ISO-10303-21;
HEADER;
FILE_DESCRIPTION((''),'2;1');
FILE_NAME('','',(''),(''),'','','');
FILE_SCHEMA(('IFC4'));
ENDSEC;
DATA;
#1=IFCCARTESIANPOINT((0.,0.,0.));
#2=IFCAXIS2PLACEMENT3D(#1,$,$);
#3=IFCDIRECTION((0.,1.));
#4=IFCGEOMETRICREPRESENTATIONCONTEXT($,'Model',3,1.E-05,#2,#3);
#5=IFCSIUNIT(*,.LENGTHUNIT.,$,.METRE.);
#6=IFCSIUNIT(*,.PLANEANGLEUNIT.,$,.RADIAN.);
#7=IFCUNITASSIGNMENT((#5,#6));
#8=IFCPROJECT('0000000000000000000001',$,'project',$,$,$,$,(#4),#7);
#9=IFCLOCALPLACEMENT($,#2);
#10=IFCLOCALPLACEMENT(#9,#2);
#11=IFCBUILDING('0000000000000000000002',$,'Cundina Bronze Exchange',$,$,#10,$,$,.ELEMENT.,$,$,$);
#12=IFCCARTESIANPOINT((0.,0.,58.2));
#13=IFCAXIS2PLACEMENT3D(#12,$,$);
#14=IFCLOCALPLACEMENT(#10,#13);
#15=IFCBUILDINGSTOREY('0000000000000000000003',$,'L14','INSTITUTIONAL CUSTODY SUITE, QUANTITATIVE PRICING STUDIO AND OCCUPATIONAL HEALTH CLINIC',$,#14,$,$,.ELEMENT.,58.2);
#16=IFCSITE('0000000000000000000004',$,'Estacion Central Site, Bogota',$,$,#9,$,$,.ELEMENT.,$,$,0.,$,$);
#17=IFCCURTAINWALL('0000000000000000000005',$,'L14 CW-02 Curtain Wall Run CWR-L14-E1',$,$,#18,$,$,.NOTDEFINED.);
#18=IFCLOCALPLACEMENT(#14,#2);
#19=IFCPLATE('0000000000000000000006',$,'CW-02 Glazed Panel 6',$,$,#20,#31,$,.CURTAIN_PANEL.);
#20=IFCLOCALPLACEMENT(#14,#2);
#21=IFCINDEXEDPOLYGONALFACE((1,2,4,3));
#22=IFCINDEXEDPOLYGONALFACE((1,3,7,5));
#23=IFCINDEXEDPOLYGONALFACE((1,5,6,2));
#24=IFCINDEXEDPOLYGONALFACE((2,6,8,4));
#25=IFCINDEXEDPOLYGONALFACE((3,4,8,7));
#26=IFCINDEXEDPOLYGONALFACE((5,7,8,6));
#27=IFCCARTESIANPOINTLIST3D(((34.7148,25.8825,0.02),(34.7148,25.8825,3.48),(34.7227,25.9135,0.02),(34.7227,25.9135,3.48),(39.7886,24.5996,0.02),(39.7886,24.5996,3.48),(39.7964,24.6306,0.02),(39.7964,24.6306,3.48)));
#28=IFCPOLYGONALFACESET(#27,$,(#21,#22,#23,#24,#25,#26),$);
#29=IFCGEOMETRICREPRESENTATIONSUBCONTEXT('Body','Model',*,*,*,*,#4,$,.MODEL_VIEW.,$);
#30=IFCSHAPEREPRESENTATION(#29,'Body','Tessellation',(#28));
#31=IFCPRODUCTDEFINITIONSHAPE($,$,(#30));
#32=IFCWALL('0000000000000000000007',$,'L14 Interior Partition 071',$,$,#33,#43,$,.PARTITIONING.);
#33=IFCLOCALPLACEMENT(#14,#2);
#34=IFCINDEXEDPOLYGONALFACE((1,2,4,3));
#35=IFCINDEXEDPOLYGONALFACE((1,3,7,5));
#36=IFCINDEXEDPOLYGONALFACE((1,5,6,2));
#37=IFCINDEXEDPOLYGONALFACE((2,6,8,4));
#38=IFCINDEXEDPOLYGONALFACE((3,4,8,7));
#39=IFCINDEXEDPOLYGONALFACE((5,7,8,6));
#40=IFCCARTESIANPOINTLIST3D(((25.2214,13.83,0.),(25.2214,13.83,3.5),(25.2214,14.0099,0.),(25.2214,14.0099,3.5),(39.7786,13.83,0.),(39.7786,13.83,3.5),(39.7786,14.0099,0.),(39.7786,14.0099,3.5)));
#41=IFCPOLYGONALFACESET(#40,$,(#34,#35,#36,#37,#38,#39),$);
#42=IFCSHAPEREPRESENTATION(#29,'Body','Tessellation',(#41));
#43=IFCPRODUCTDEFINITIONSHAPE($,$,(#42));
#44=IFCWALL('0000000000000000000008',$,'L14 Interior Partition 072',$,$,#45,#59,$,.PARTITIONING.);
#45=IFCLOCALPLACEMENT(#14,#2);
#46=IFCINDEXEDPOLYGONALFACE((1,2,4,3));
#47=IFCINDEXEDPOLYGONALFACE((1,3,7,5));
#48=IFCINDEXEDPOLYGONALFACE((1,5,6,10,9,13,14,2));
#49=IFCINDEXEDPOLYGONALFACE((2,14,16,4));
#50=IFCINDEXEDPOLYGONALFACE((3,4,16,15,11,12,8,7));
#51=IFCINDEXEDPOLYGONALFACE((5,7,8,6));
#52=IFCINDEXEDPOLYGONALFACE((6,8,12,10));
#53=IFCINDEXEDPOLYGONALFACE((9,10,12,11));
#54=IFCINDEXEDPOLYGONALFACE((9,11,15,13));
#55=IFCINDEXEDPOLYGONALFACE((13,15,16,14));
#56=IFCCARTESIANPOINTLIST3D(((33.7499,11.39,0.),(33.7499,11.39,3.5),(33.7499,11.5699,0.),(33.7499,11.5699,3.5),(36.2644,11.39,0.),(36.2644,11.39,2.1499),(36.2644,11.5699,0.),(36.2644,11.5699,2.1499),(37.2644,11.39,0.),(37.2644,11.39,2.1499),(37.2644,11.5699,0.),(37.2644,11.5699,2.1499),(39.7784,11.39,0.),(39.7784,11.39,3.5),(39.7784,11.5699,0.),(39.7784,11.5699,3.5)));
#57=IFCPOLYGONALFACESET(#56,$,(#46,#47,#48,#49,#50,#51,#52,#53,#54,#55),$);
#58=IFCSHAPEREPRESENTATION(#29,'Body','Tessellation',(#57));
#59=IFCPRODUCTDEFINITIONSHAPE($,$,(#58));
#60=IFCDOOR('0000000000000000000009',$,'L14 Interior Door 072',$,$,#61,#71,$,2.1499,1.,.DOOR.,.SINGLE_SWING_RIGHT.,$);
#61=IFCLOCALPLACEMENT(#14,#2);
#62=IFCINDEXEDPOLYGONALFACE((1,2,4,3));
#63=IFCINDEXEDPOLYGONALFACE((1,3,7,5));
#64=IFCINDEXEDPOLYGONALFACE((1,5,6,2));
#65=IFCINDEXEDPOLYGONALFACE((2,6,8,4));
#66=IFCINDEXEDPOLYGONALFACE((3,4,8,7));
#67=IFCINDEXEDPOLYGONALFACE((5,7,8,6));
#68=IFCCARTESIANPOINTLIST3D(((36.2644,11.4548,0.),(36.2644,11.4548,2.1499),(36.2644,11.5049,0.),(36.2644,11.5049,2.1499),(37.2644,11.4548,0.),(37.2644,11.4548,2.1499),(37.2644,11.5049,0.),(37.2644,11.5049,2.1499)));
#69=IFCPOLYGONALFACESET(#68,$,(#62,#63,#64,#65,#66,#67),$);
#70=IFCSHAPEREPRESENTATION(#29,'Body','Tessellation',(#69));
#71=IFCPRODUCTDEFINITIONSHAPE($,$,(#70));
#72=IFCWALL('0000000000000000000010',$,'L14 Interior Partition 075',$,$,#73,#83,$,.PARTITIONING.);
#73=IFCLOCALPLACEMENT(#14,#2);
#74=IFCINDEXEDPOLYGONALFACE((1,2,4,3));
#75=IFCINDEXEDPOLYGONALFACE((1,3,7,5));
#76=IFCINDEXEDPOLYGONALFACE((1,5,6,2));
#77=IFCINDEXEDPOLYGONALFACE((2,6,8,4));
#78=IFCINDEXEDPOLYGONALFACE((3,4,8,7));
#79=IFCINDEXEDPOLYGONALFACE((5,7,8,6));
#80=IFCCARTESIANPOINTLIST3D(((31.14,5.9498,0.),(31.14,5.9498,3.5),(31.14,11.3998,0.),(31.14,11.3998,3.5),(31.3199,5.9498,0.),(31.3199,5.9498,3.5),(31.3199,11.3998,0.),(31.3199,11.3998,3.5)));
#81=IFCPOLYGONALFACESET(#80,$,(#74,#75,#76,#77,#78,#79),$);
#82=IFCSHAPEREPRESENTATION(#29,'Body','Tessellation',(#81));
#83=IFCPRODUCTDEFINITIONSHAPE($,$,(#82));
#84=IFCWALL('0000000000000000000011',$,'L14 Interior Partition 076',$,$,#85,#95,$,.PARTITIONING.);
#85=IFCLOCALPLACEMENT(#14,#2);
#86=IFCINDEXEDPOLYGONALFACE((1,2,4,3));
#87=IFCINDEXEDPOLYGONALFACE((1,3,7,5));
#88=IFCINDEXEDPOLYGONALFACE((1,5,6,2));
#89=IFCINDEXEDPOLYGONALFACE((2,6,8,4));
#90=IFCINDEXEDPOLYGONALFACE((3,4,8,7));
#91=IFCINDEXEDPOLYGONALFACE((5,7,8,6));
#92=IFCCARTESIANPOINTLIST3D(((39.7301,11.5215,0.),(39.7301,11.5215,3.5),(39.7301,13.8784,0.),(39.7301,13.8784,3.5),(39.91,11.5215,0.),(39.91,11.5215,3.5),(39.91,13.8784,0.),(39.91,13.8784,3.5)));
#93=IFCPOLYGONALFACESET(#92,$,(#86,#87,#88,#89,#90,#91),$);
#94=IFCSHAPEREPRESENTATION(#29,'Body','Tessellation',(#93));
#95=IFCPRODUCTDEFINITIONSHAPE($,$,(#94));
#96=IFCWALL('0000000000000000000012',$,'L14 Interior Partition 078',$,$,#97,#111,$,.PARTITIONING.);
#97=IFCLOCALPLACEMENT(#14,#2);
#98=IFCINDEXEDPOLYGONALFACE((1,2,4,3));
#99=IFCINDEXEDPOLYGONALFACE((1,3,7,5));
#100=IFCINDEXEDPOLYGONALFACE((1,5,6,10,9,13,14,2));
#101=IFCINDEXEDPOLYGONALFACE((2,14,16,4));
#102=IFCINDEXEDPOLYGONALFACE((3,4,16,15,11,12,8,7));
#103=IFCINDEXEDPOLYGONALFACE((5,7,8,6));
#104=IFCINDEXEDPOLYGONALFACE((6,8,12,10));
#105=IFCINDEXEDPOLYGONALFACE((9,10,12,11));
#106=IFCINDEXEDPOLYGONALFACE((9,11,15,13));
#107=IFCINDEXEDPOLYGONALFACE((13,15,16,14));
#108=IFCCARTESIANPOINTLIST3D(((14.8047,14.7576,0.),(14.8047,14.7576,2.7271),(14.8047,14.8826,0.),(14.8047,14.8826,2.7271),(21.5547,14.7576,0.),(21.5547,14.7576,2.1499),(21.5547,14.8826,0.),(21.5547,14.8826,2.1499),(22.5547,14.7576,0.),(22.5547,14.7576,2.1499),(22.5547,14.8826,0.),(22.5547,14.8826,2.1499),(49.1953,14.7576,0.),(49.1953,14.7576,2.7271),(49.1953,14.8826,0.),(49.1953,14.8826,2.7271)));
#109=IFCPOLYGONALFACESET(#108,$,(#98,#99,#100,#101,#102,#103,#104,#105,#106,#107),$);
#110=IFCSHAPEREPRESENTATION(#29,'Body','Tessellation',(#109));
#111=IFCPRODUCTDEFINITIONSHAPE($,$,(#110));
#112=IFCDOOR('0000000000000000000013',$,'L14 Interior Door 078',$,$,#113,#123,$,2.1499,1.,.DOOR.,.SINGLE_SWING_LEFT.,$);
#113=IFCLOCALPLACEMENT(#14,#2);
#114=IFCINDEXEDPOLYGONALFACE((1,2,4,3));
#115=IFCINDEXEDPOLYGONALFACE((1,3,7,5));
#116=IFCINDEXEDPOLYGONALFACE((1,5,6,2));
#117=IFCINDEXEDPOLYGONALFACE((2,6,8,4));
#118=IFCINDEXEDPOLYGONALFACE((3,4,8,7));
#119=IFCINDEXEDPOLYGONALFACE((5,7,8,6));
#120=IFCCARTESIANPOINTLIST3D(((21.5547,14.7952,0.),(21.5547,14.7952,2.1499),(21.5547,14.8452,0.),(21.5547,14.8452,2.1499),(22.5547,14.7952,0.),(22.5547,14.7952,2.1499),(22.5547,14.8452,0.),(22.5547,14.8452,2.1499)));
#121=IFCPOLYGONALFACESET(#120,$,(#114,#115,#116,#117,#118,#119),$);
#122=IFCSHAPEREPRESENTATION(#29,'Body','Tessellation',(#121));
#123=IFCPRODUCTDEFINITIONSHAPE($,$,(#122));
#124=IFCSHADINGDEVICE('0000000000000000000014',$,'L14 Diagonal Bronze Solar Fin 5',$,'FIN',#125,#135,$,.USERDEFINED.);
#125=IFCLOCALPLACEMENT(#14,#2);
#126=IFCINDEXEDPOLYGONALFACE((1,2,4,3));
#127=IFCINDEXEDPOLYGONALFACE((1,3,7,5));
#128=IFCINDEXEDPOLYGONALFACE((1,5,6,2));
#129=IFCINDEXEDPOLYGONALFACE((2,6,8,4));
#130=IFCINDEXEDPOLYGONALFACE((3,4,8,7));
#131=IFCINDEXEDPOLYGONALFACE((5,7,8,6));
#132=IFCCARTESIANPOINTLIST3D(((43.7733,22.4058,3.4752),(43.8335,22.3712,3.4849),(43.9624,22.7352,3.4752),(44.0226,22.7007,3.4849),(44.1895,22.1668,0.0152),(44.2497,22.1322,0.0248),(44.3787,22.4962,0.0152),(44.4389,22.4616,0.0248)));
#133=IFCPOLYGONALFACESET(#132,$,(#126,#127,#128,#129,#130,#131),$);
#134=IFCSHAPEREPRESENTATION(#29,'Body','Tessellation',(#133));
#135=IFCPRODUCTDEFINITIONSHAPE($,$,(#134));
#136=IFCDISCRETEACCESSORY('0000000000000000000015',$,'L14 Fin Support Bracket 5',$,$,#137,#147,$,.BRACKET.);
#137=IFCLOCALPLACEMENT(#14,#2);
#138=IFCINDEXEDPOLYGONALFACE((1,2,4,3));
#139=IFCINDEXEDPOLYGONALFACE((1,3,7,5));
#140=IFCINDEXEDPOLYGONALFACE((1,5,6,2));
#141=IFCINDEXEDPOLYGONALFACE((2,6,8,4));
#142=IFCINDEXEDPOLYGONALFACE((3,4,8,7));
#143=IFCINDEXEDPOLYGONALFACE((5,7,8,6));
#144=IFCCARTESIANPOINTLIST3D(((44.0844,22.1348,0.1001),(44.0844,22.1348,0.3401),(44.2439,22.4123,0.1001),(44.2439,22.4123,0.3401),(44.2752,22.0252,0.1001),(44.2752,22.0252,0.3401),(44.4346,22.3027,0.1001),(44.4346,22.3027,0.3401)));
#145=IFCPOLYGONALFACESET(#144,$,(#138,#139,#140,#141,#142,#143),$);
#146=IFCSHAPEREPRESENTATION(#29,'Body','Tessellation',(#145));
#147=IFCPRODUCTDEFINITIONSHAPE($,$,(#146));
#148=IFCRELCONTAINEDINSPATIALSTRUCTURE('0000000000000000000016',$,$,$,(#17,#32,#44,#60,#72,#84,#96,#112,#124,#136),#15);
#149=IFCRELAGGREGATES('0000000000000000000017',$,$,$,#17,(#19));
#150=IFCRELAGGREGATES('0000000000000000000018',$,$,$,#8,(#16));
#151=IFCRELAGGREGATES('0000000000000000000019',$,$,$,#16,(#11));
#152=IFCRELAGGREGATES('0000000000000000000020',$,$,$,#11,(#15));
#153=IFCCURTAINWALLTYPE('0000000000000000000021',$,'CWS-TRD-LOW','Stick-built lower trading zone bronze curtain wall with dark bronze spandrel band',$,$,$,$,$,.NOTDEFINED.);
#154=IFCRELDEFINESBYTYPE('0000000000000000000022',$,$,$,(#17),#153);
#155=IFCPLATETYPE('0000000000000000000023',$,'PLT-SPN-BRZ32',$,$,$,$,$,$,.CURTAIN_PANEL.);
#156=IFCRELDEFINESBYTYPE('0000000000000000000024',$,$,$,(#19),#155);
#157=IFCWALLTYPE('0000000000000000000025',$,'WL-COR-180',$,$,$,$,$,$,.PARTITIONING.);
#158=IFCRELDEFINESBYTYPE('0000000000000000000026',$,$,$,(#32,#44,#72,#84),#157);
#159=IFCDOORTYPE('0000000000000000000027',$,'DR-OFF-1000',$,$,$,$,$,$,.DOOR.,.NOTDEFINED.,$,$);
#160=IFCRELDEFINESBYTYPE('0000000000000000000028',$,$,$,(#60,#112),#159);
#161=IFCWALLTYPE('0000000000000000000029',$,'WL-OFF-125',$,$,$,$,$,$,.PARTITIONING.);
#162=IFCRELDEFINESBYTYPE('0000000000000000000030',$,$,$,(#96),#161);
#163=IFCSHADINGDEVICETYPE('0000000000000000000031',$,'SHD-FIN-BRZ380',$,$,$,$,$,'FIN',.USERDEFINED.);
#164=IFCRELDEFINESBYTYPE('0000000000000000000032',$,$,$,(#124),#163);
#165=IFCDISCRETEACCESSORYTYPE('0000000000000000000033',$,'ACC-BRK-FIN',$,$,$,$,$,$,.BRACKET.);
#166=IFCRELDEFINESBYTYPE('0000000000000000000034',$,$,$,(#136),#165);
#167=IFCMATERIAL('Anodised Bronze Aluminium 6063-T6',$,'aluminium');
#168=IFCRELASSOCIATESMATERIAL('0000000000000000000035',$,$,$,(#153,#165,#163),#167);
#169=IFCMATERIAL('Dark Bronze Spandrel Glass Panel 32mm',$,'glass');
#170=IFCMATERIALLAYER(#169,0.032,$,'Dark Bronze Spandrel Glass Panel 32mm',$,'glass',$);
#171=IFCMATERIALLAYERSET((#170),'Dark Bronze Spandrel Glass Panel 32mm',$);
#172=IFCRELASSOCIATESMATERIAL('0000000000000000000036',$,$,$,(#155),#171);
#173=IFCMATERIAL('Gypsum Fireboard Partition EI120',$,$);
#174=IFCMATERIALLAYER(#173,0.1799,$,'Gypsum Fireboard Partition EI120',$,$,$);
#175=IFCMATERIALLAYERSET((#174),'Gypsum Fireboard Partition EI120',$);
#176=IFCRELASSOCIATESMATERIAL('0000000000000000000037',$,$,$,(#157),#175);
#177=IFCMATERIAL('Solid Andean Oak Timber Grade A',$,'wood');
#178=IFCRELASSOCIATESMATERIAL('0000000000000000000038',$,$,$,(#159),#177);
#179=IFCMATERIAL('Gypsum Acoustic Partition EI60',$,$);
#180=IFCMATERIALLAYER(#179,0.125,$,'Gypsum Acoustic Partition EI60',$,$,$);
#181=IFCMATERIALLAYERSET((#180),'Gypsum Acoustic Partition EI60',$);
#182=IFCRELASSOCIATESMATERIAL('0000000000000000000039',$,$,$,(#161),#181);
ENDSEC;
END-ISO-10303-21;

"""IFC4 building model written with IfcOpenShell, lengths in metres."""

from ifc_helpers import new_model, si_unit, direction, frame, frame_2d, origin, origin_2d, place, context, subcontext, project, spatial, rectangle, extrude, material, layer, layer_set, material_profile, profile_set, type_object, element, fill, aggregate, save


model = new_model("IFC4")

# Units and contexts
model_context = context("Model", 3, precision=1e-05, world=origin(), true_north=direction((0.0, 1.0)))
body_context = subcontext(model_context, "Body", "Model", "MODEL_VIEW")
ifc_project = project(units=[si_unit("LENGTHUNIT", "METRE"), si_unit("PLANEANGLEUNIT", "RADIAN")], contexts=[model_context])

# Site, building, storey
site_placement = place(None, origin())
site = spatial("IfcSite", under=ifc_project, at=site_placement, Name="Estacion Central Site, Bogota", CompositionType="ELEMENT", RefElevation=0.0)
building_placement = place(site_placement, origin())
building = spatial("IfcBuilding", under=site, at=building_placement, Name="Cundina Bronze Exchange", CompositionType="ELEMENT")
storey_placement = place(building_placement, frame((0.0, 0.0, 58.2)))
storey = spatial("IfcBuildingStorey", under=building, at=storey_placement, Name="L14", Description="INSTITUTIONAL CUSTODY SUITE, QUANTITATIVE PRICING STUDIO AND OCCUPATIONAL HEALTH CLINIC", CompositionType="ELEMENT", Elevation=58.2)

# Curtain wall, plate
ifc_material_1 = material(Name="Anodised Bronze Aluminium 6063-T6", Category="aluminium")
curtain_wall_type = type_object("IfcCurtainWallType", Name="CWS-TRD-LOW", Description="Stick-built lower trading zone bronze curtain wall with dark bronze spandrel band", PredefinedType="NOTDEFINED", material=ifc_material_1)
curtain_wall_placement = place(storey_placement, origin())
curtain_wall = element("IfcCurtainWall", 1, at=curtain_wall_placement, inside=storey, type_object=curtain_wall_type, Name="L14 CW-02 Curtain Wall Run CWR-L14-E1", PredefinedType="NOTDEFINED")
ifc_material_2 = material(Name="Dark Bronze Spandrel Glass Panel 32mm", Category="glass")
ifc_layer_1 = layer(ifc_material_2, 0.032, Name="Dark Bronze Spandrel Glass Panel 32mm", Category="glass")
ifc_layer_set_1 = layer_set([ifc_layer_1], Name="Dark Bronze Spandrel Glass Panel 32mm")
plate_type_1 = type_object("IfcPlateType", Name="PLT-SPN-BRZ32", PredefinedType="CURTAIN_PANEL", material=ifc_layer_set_1)
plate_1_placement = place(storey_placement, frame((37.2556, 25.2566, 0.02), z_axis=(0.0, 0.0, 1.0), x_axis=(-0.969488, 0.245138, 0.0)))
plate_1 = element("IfcPlate", 2, at=plate_1_placement, type_object=plate_type_1, Name="CW-02 Glazed Panel 6", PredefinedType="CURTAIN_PANEL", context=body_context, shape_type="SweptSolid", body=[
    extrude(rectangle(XDim=5.2334, YDim=0.032, at=origin_2d()), origin(), (0.0, 0.0, 1.0), 3.46),
])
aggregate(curtain_wall, [plate_1])

# Wall
ifc_material_3 = material(Name="Gypsum Fireboard Partition EI120")
ifc_layer_2 = layer(ifc_material_3, 0.1799, Name="Gypsum Fireboard Partition EI120")
ifc_layer_set_2 = layer_set([ifc_layer_2], Name="Gypsum Fireboard Partition EI120")
wall_type_1 = type_object("IfcWallType", Name="WL-COR-180", PredefinedType="PARTITIONING", material=ifc_layer_set_2)
wall_1_placement = place(storey_placement, frame((39.7786, 13.9199, 0.0), z_axis=(0.0, 0.0, 1.0), x_axis=(-1.0, 0.0, 0.0)))
element("IfcWall", 3, at=wall_1_placement, inside=storey, type_object=wall_type_1, Name="L14 Interior Partition 071", PredefinedType="PARTITIONING", context=body_context, shape_type="SweptSolid", body=[
    extrude(rectangle(XDim=14.5571, YDim=0.1799, at=frame_2d((7.2786, 0.0))), origin(), (0.0, 0.0, 1.0), 3.5),
])

# Wall, opening, door
wall_2_placement = place(storey_placement, frame((33.75, 11.48, 0.0), z_axis=(0.0, 0.0, 1.0), x_axis=(1.0, 0.0, 0.0)))
wall_2 = element("IfcWall", 4, at=wall_2_placement, inside=storey, type_object=wall_type_1, Name="L14 Interior Partition 072", PredefinedType="PARTITIONING", context=body_context, shape_type="SweptSolid", body=[
    extrude(rectangle(XDim=6.0286, YDim=0.1799, at=frame_2d((3.0142, 0.0))), origin(), (0.0, 0.0, 1.0), 3.5),
])
opening_1_placement = place(wall_2_placement, frame((2.5144, 0.0, 0.0)))
opening_1 = element("IfcOpeningElement", 5, at=opening_1_placement, cuts=wall_2, PredefinedType="OPENING", context=body_context, shape_type="SweptSolid", body=[
    extrude(rectangle(XDim=1.0, YDim=2.1499, at=frame_2d((0.5, 1.075))), frame((0.0, 0.0999, 0.0), z_axis=(0.0, -1.0, 0.0), x_axis=(1.0, 0.0, 0.0)), (0.0, 0.0, 1.0), 0.2),
])
ifc_material_4 = material(Name="Solid Andean Oak Timber Grade A", Category="wood")
door_type = type_object("IfcDoorType", Name="DR-OFF-1000", OperationType="NOTDEFINED", PredefinedType="DOOR", material=ifc_material_4)
door_1_placement = place(opening_1_placement, origin())
door_1 = element("IfcDoor", 6, at=door_1_placement, inside=storey, type_object=door_type, Name="L14 Interior Door 072", OperationType="SINGLE_SWING_RIGHT", OverallHeight=2.1499, OverallWidth=1.0, PredefinedType="DOOR", context=body_context, shape_type="SweptSolid", body=[
    extrude(rectangle(XDim=1.0, YDim=2.1499, at=frame_2d((0.5, 1.075))), frame((0.0, 0.0249, 0.0), z_axis=(0.0, -1.0, 0.0), x_axis=(1.0, 0.0, 0.0)), (0.0, 0.0, 1.0), 0.05),
])
fill(opening_1, door_1)

# Walls
wall_3_placement = place(storey_placement, frame((31.23, 11.3999, 0.0), z_axis=(0.0, 0.0, 1.0), x_axis=(0.0, -1.0, 0.0)))
element("IfcWall", 7, at=wall_3_placement, inside=storey, type_object=wall_type_1, Name="L14 Interior Partition 075", PredefinedType="PARTITIONING", context=body_context, shape_type="SweptSolid", body=[
    extrude(rectangle(XDim=5.45, YDim=0.1799, at=frame_2d((2.7251, 0.0))), origin(), (0.0, 0.0, 1.0), 3.5),
])
wall_4_placement = place(storey_placement, frame((39.8201, 11.5215, 0.0), z_axis=(0.0, 0.0, 1.0), x_axis=(0.0, 1.0, 0.0)))
element("IfcWall", 8, at=wall_4_placement, inside=storey, type_object=wall_type_1, Name="L14 Interior Partition 076", PredefinedType="PARTITIONING", context=body_context, shape_type="SweptSolid", body=[
    extrude(rectangle(XDim=2.3569, YDim=0.1799, at=frame_2d((1.1785, 0.0))), origin(), (0.0, 0.0, 1.0), 3.5),
])

# Wall, opening, door
ifc_material_5 = material(Name="Gypsum Acoustic Partition EI60")
ifc_layer_3 = layer(ifc_material_5, 0.125, Name="Gypsum Acoustic Partition EI60")
ifc_layer_set_3 = layer_set([ifc_layer_3], Name="Gypsum Acoustic Partition EI60")
wall_type_2 = type_object("IfcWallType", Name="WL-OFF-125", PredefinedType="PARTITIONING", material=ifc_layer_set_3)
wall_5_placement = place(storey_placement, frame((49.1953, 14.8201, 0.0), z_axis=(0.0, 0.0, 1.0), x_axis=(-1.0, 0.0, 0.0)))
wall_5 = element("IfcWall", 9, at=wall_5_placement, inside=storey, type_object=wall_type_2, Name="L14 Interior Partition 078", PredefinedType="PARTITIONING", context=body_context, shape_type="SweptSolid", body=[
    extrude(rectangle(XDim=34.3906, YDim=0.125, at=frame_2d((17.1953, 0.0))), origin(), (0.0, 0.0, 1.0), 2.7271),
])
opening_2_placement = place(wall_5_placement, frame((26.6406, 0.0, 0.0)))
opening_2 = element("IfcOpeningElement", 10, at=opening_2_placement, cuts=wall_5, PredefinedType="OPENING", context=body_context, shape_type="SweptSolid", body=[
    extrude(rectangle(XDim=1.0, YDim=2.1499, at=frame_2d((0.5, 1.075))), frame((0.0, 0.0725, 0.0), z_axis=(0.0, -1.0, 0.0), x_axis=(1.0, 0.0, 0.0)), (0.0, 0.0, 1.0), 0.145),
])
door_2_placement = place(opening_2_placement, origin())
door_2 = element("IfcDoor", 11, at=door_2_placement, inside=storey, type_object=door_type, Name="L14 Interior Door 078", OperationType="SINGLE_SWING_LEFT", OverallHeight=2.1499, OverallWidth=1.0, PredefinedType="DOOR", context=body_context, shape_type="SweptSolid", body=[
    extrude(rectangle(XDim=1.0, YDim=2.1499, at=frame_2d((0.5, 1.075))), frame((0.0, 0.0249, 0.0), z_axis=(0.0, -1.0, 0.0), x_axis=(1.0, 0.0, 0.0)), (0.0, 0.0, 1.0), 0.05),
])
fill(opening_2, door_2)

# Shading device
ifc_material_profile_1 = material_profile(ifc_material_1, rectangle(XDim=0.0701, YDim=0.3799, at=origin_2d()), Name="FIN70X380", Category="aluminium")
ifc_profile_set_1 = profile_set([ifc_material_profile_1], Name="Anodised Bronze Aluminium 6063-T6")
shading_device_type = type_object("IfcShadingDeviceType", Name="SHD-FIN-BRZ380", ElementType="FIN", PredefinedType="USERDEFINED", material=ifc_profile_set_1)
shading_device_placement = place(storey_placement, frame((44.3142, 22.3142, 0.02), z_axis=(-0.119166, 0.068425, 0.990514), x_axis=(0.858982, -0.493222, 0.137414)))
element("IfcShadingDevice", 12, at=shading_device_placement, inside=storey, type_object=shading_device_type, Name="L14 Diagonal Bronze Solar Fin 5", ObjectType="FIN", PredefinedType="USERDEFINED", context=body_context, shape_type="SweptSolid", body=[
    extrude(rectangle(XDim=0.0701, YDim=0.3799, at=origin_2d()), origin(), (0.0, 0.0, 1.0), 3.4932),
])

# Discrete accessory
discrete_accessory_type = type_object("IfcDiscreteAccessoryType", Name="ACC-BRK-FIN", PredefinedType="BRACKET", material=ifc_material_1)
discrete_accessory_placement = place(storey_placement, frame((44.2595, 22.2188, 0.1001), z_axis=(0.0, 0.0, 1.0), x_axis=(-0.867105, 0.498125, 0.0)))
element("IfcDiscreteAccessory", 13, at=discrete_accessory_placement, inside=storey, type_object=discrete_accessory_type, Name="L14 Fin Support Bracket 5", PredefinedType="BRACKET", context=body_context, shape_type="SweptSolid", body=[
    extrude(rectangle(XDim=0.22, YDim=0.3201, at=origin_2d()), origin(), (0.0, 0.0, 1.0), 0.24),
])

save(model, "model.ifc")
